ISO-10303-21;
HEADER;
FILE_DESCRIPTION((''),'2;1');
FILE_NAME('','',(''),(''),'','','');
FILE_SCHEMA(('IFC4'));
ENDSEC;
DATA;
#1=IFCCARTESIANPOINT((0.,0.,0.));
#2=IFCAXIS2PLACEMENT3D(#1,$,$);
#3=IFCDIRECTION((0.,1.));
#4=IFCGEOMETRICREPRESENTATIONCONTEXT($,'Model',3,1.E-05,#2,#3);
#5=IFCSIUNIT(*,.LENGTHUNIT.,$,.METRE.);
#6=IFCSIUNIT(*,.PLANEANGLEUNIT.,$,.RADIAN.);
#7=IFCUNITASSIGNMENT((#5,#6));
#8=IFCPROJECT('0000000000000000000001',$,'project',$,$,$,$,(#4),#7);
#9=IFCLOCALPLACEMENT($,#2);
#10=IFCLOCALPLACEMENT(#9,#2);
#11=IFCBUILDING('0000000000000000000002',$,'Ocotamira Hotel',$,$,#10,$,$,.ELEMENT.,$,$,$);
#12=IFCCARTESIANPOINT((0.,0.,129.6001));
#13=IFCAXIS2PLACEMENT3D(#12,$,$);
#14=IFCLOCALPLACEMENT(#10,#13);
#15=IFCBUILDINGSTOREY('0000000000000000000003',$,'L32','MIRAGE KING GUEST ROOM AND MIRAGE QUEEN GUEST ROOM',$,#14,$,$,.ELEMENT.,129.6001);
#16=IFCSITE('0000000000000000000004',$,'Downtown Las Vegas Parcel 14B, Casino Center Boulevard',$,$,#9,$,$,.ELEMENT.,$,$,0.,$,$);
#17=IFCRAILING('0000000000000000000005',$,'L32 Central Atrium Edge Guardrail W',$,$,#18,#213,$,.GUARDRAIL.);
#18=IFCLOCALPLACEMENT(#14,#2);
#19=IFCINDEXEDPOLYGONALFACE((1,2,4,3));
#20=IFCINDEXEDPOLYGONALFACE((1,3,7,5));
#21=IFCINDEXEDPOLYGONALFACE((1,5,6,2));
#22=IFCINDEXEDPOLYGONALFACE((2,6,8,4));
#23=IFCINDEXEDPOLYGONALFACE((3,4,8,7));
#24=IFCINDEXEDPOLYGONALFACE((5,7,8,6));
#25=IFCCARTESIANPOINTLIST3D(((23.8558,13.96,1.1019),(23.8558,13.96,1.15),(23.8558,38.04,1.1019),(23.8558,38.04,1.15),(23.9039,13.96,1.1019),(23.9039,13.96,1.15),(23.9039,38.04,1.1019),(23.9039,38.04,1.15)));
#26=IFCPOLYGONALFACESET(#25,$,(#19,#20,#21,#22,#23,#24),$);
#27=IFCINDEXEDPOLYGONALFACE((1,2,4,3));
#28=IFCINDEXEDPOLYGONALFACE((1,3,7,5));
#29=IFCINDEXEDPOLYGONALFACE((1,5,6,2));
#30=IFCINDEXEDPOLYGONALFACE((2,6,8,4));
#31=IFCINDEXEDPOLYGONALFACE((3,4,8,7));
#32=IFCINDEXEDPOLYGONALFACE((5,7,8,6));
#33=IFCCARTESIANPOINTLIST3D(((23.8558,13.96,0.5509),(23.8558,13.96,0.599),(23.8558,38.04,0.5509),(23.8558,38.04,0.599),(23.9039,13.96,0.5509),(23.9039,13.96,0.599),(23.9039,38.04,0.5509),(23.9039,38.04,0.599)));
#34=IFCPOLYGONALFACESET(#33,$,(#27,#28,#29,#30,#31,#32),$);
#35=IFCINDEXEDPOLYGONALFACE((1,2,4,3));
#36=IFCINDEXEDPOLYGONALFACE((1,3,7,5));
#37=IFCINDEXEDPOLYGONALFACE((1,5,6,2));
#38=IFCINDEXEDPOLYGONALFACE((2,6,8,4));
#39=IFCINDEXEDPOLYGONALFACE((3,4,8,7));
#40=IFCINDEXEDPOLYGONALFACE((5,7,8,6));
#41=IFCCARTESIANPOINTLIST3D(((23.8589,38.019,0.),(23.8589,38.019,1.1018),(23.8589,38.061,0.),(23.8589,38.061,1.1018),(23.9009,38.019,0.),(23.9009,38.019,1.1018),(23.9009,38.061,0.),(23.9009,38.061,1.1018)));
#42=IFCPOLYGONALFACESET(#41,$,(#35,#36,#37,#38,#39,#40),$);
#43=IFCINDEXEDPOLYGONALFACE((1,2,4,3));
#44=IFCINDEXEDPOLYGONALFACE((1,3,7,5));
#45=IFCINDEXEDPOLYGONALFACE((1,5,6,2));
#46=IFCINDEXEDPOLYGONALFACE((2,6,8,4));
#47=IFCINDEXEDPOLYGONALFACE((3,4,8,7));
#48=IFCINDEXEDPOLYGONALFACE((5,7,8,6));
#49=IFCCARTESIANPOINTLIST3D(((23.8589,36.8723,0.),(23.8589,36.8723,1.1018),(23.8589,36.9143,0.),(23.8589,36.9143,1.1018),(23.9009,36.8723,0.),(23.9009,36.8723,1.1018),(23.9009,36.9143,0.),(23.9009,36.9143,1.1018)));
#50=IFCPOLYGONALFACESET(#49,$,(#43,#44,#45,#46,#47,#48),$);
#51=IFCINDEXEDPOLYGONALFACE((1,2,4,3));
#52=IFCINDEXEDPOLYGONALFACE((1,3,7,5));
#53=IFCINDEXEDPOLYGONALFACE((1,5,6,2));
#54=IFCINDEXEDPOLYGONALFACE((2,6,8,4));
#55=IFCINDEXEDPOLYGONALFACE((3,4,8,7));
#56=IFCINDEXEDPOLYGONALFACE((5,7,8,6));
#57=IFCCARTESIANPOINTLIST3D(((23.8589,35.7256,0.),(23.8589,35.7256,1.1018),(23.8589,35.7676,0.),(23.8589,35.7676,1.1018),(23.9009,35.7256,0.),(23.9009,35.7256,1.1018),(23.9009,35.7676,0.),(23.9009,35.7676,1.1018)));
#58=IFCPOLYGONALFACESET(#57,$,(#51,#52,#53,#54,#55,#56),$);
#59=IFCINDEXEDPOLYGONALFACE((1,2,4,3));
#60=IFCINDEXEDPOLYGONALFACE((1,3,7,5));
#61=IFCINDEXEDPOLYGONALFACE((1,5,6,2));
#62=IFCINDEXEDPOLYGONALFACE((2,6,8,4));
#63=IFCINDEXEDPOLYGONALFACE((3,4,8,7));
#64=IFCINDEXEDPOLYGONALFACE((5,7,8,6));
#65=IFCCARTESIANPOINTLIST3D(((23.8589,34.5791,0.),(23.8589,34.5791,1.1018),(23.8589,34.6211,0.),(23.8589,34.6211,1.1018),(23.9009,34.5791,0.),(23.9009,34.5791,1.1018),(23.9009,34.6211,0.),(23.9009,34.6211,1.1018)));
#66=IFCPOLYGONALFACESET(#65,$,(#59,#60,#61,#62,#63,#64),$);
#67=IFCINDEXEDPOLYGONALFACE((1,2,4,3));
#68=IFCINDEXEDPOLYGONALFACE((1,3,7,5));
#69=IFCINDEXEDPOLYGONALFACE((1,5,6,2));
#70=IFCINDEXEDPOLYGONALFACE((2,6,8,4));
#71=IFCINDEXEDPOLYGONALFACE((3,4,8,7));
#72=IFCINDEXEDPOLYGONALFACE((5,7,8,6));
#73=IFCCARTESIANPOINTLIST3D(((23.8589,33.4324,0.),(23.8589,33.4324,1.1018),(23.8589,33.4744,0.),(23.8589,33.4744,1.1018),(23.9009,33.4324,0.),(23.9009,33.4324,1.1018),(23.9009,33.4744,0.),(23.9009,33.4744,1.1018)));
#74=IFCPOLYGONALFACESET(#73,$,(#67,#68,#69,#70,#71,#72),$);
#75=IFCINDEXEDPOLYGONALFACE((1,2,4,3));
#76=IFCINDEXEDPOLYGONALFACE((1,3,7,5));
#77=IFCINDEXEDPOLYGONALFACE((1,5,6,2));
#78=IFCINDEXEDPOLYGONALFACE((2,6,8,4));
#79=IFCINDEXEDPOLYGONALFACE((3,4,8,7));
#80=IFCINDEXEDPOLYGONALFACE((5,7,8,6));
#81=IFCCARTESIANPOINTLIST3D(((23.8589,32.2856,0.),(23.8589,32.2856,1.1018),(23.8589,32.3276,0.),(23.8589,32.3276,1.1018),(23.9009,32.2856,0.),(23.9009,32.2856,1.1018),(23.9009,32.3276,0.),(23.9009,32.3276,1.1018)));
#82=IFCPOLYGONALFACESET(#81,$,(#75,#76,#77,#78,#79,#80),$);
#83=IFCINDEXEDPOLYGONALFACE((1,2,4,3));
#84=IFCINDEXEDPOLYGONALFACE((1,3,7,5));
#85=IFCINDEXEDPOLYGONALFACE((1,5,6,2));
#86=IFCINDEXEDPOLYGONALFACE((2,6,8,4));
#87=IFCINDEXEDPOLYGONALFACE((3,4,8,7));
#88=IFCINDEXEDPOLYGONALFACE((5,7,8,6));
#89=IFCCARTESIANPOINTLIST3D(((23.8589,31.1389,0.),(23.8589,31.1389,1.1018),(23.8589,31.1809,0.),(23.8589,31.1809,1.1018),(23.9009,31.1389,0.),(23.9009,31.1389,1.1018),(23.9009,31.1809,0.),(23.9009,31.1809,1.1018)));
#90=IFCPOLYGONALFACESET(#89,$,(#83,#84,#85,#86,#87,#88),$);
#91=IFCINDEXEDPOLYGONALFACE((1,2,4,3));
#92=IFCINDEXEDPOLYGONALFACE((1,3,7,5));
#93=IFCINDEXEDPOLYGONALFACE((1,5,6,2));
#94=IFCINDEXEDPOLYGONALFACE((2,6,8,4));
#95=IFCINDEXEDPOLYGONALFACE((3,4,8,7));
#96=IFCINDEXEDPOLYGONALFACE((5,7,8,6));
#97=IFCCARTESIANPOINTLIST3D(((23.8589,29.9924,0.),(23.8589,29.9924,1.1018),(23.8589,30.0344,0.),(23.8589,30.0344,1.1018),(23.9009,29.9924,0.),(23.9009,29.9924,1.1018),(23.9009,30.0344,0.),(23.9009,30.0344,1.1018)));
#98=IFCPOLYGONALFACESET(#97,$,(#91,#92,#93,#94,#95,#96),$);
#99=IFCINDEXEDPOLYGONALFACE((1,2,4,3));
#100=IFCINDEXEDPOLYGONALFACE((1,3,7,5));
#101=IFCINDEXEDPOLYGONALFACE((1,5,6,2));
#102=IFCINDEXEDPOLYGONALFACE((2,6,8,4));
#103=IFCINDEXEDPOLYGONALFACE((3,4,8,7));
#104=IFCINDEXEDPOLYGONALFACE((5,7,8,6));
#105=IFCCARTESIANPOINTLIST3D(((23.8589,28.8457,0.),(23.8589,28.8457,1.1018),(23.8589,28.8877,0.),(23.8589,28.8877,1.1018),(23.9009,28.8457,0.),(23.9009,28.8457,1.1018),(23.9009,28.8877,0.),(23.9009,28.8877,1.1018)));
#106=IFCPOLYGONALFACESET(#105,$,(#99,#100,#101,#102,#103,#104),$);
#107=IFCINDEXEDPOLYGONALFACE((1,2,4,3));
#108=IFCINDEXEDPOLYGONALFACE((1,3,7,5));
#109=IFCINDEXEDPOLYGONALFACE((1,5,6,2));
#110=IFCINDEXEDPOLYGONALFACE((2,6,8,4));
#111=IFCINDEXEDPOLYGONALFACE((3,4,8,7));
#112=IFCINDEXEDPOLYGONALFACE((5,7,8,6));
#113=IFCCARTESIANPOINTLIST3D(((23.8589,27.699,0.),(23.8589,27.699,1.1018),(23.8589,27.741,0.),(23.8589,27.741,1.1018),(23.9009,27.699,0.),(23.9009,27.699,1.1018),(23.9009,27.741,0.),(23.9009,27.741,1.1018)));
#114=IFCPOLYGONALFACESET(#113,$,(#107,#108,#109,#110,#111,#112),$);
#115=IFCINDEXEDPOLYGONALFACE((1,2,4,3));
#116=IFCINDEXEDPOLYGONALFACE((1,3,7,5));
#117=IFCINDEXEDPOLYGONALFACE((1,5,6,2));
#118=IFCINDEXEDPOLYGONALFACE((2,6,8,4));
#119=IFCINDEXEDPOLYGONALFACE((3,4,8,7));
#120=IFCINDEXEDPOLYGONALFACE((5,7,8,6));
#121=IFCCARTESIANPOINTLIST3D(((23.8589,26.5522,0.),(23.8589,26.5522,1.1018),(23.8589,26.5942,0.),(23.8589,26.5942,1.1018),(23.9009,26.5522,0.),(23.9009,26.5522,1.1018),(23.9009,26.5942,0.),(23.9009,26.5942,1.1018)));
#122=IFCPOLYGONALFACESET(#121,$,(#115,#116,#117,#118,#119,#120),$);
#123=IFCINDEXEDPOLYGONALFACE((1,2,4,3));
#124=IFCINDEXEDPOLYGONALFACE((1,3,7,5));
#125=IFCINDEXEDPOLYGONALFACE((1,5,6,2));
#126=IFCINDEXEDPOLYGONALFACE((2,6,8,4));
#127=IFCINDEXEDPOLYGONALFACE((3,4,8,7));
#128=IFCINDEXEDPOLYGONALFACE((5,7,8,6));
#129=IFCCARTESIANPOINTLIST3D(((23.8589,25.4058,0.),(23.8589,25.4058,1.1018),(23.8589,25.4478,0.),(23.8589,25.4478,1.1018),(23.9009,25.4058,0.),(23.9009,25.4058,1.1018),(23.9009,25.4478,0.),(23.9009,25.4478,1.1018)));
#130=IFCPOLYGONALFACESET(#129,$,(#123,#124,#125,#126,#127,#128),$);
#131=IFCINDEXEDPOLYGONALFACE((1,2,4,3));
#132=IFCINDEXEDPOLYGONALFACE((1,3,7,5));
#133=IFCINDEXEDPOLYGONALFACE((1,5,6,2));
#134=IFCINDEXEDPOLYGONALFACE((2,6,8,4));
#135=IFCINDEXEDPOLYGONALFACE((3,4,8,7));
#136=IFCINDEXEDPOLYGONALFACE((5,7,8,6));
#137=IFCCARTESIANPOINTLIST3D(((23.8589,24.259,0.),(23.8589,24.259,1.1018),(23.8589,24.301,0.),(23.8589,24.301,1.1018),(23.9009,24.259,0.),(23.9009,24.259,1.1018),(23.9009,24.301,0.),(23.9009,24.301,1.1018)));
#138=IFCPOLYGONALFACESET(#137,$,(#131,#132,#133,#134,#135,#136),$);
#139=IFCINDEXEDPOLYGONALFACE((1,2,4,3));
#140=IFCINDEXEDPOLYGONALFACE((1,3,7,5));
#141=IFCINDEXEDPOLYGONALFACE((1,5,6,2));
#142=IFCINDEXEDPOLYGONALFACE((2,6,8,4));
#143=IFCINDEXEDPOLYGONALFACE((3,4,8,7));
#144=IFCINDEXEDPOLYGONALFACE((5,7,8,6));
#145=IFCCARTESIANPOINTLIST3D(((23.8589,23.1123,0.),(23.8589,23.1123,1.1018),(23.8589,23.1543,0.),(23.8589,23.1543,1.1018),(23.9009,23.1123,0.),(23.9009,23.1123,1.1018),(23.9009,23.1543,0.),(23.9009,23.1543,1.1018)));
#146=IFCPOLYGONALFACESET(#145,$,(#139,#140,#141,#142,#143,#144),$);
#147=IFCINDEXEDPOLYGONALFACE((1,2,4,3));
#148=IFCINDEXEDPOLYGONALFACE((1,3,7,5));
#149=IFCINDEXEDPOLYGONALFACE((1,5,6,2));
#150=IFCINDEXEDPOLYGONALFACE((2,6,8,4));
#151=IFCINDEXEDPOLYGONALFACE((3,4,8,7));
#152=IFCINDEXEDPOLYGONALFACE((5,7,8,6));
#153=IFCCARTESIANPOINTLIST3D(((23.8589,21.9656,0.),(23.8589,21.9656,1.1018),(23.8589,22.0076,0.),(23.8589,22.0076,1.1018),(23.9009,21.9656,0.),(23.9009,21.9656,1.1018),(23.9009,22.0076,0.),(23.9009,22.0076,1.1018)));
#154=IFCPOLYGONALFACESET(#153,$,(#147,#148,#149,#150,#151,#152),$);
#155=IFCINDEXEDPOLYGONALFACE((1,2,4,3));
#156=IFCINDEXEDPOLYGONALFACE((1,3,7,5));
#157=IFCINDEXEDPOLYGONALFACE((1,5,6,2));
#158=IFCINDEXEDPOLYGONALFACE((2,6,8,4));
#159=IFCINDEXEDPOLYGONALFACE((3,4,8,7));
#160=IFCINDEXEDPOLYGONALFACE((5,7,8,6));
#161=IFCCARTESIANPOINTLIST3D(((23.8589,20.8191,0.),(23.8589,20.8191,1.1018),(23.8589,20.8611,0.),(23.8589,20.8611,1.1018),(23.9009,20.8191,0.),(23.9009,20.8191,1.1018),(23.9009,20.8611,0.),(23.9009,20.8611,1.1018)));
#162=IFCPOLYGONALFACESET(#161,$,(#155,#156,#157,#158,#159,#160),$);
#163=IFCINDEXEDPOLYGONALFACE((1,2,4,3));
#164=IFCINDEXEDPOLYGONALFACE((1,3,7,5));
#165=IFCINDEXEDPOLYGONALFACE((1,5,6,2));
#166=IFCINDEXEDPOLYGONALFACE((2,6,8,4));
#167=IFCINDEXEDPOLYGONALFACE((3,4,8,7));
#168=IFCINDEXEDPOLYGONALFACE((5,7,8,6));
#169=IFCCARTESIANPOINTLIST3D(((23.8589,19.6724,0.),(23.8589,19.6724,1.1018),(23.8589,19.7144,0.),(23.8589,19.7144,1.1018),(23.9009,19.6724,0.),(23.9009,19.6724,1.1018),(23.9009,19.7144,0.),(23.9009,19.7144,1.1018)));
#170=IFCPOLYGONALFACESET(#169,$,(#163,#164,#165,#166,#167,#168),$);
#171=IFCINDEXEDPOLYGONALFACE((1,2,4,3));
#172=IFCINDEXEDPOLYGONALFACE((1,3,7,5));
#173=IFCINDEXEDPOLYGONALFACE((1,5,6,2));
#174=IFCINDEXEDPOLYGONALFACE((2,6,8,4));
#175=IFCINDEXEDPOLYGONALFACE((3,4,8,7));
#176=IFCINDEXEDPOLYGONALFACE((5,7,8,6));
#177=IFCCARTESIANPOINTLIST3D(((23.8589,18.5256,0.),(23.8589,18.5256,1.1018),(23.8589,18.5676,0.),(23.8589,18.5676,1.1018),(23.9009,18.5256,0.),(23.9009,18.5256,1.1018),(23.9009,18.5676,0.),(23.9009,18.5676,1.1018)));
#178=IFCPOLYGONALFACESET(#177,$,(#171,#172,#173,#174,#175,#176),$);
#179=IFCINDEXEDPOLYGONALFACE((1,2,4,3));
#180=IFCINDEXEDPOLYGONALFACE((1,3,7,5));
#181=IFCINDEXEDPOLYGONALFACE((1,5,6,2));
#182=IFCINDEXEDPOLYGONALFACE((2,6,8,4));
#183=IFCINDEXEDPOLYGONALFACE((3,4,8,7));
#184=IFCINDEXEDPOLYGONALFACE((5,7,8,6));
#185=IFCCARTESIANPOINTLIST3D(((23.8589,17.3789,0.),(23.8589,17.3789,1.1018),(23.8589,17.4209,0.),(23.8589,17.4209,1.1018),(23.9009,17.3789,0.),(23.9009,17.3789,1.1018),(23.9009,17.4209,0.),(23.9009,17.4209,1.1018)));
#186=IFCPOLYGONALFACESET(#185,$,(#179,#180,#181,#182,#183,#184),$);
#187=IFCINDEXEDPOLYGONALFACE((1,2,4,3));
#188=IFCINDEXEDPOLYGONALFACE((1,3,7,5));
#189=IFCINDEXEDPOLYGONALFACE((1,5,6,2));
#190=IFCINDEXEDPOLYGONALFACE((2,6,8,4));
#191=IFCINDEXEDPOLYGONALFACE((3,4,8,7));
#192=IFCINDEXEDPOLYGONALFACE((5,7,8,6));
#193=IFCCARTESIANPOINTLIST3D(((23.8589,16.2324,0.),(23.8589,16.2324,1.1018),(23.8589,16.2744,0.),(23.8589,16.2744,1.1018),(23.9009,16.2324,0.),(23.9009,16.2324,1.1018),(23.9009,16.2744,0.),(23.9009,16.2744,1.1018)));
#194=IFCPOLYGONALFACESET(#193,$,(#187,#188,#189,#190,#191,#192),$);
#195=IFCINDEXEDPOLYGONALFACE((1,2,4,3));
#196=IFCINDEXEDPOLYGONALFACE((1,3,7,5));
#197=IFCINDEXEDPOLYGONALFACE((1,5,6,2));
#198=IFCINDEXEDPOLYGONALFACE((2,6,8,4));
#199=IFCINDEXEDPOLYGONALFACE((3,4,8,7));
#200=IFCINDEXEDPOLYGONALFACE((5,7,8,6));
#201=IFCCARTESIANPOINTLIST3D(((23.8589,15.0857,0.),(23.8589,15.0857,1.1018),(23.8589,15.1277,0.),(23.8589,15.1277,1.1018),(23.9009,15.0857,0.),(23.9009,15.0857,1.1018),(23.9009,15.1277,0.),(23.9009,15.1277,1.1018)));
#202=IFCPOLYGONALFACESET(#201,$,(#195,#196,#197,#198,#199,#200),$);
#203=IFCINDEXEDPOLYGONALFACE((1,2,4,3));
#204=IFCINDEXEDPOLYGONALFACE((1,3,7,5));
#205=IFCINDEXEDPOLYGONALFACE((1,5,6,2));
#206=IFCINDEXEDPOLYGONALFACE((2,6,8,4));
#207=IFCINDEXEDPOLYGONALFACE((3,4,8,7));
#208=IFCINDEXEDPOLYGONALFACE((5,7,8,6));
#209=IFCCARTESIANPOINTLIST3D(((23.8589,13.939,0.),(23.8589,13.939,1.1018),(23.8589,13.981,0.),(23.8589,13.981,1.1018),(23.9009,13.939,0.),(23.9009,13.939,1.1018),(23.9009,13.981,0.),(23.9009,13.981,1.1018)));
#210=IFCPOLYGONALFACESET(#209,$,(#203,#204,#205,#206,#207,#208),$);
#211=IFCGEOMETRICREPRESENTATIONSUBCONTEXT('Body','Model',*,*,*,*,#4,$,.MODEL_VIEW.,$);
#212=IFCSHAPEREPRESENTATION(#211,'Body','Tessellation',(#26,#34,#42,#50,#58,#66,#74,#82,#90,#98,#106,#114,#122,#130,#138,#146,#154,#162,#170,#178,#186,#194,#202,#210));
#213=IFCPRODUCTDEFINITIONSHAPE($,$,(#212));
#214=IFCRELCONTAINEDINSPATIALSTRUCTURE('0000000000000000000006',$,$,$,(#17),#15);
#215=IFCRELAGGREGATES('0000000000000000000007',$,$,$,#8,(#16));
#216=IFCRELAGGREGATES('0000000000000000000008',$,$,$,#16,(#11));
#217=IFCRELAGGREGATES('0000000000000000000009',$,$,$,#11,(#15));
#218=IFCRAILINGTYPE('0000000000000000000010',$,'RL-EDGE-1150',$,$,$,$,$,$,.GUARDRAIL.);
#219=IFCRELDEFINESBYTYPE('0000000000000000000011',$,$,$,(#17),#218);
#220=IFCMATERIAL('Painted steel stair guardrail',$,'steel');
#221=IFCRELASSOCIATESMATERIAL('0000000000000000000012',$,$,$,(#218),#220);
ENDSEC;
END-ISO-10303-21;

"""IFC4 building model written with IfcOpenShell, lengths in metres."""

from ifc_helpers import new_model, si_unit, direction, frame, origin, origin_2d, place, context, subcontext, project, spatial, rectangle, extrude, material, type_object, element, save


model = new_model("IFC4")

# Units and contexts
model_context = context("Model", 3, precision=1e-05, world=origin(), true_north=direction((0.0, 1.0)))
body_context = subcontext(model_context, "Body", "Model", "MODEL_VIEW")
ifc_project = project(units=[si_unit("LENGTHUNIT", "METRE"), si_unit("PLANEANGLEUNIT", "RADIAN")], contexts=[model_context])

# Site, building, storey
site_placement = place(None, origin())
site = spatial("IfcSite", under=ifc_project, at=site_placement, Name="Downtown Las Vegas Parcel 14B, Casino Center Boulevard", CompositionType="ELEMENT", RefElevation=0.0)
building_placement = place(site_placement, origin())
building = spatial("IfcBuilding", under=site, at=building_placement, Name="Ocotamira Hotel", CompositionType="ELEMENT")
storey_placement = place(building_placement, frame((0.0, 0.0, 129.6001)))
storey = spatial("IfcBuildingStorey", under=building, at=storey_placement, Name="L32", Description="MIRAGE KING GUEST ROOM AND MIRAGE QUEEN GUEST ROOM", CompositionType="ELEMENT", Elevation=129.6001)

# Railing
ifc_material_1 = material(Name="Painted steel stair guardrail", Category="steel")
railing_type = type_object("IfcRailingType", Name="RL-EDGE-1150", PredefinedType="GUARDRAIL", material=ifc_material_1)
railing_placement = place(storey_placement, frame((23.8799, 38.04, 0.0)))
element("IfcRailing", 1, at=railing_placement, inside=storey, type_object=railing_type, Name="L32 Central Atrium Edge Guardrail W", PredefinedType="GUARDRAIL", context=body_context, shape_type="SweptSolid", body=[
    extrude(rectangle(XDim=0.0481, YDim=0.0481, at=origin_2d()), frame((0.0, 0.0, 1.126), z_axis=(0.0, -1.0, 0.0), x_axis=(1.0, 0.0, 0.0)), (0.0, 0.0, 1.0), 24.0801),
    extrude(rectangle(XDim=0.0481, YDim=0.0481, at=origin_2d()), frame((0.0, 0.0, 0.575), z_axis=(0.0, -1.0, 0.0), x_axis=(1.0, 0.0, 0.0)), (0.0, 0.0, 1.0), 24.0801),
    extrude(rectangle(XDim=0.042, YDim=0.042, at=origin_2d()), origin(), (0.0, 0.0, 1.0), 1.1018),
    extrude(rectangle(XDim=0.042, YDim=0.042, at=origin_2d()), frame((0.0, -1.1467, 0.0)), (0.0, 0.0, 1.0), 1.1018),
    extrude(rectangle(XDim=0.042, YDim=0.042, at=origin_2d()), frame((0.0, -2.2935, 0.0)), (0.0, 0.0, 1.0), 1.1018),
    extrude(rectangle(XDim=0.042, YDim=0.042, at=origin_2d()), frame((0.0, -3.4399, 0.0)), (0.0, 0.0, 1.0), 1.1018),
    extrude(rectangle(XDim=0.042, YDim=0.042, at=origin_2d()), frame((0.0, -4.5867, 0.0)), (0.0, 0.0, 1.0), 1.1018),
    extrude(rectangle(XDim=0.042, YDim=0.042, at=origin_2d()), frame((0.0, -5.7334, 0.0)), (0.0, 0.0, 1.0), 1.1018),
    extrude(rectangle(XDim=0.042, YDim=0.042, at=origin_2d()), frame((0.0, -6.8801, 0.0)), (0.0, 0.0, 1.0), 1.1018),
    extrude(rectangle(XDim=0.042, YDim=0.042, at=origin_2d()), frame((0.0, -8.0266, 0.0)), (0.0, 0.0, 1.0), 1.1018),
    extrude(rectangle(XDim=0.042, YDim=0.042, at=origin_2d()), frame((0.0, -9.1733, 0.0)), (0.0, 0.0, 1.0), 1.1018),
    extrude(rectangle(XDim=0.042, YDim=0.042, at=origin_2d()), frame((0.0, -10.3201, 0.0)), (0.0, 0.0, 1.0), 1.1018),
    extrude(rectangle(XDim=0.042, YDim=0.042, at=origin_2d()), frame((0.0, -11.4668, 0.0)), (0.0, 0.0, 1.0), 1.1018),
    extrude(rectangle(XDim=0.042, YDim=0.042, at=origin_2d()), frame((0.0, -12.6133, 0.0)), (0.0, 0.0, 1.0), 1.1018),
    extrude(rectangle(XDim=0.042, YDim=0.042, at=origin_2d()), frame((0.0, -13.76, 0.0)), (0.0, 0.0, 1.0), 1.1018),
    extrude(rectangle(XDim=0.042, YDim=0.042, at=origin_2d()), frame((0.0, -14.9067, 0.0)), (0.0, 0.0, 1.0), 1.1018),
    extrude(rectangle(XDim=0.042, YDim=0.042, at=origin_2d()), frame((0.0, -16.0535, 0.0)), (0.0, 0.0, 1.0), 1.1018),
    extrude(rectangle(XDim=0.042, YDim=0.042, at=origin_2d()), frame((0.0, -17.2, 0.0)), (0.0, 0.0, 1.0), 1.1018),
    extrude(rectangle(XDim=0.042, YDim=0.042, at=origin_2d()), frame((0.0, -18.3467, 0.0)), (0.0, 0.0, 1.0), 1.1018),
    extrude(rectangle(XDim=0.042, YDim=0.042, at=origin_2d()), frame((0.0, -19.4934, 0.0)), (0.0, 0.0, 1.0), 1.1018),
    extrude(rectangle(XDim=0.042, YDim=0.042, at=origin_2d()), frame((0.0, -20.6401, 0.0)), (0.0, 0.0, 1.0), 1.1018),
    extrude(rectangle(XDim=0.042, YDim=0.042, at=origin_2d()), frame((0.0, -21.7866, 0.0)), (0.0, 0.0, 1.0), 1.1018),
    extrude(rectangle(XDim=0.042, YDim=0.042, at=origin_2d()), frame((0.0, -22.9333, 0.0)), (0.0, 0.0, 1.0), 1.1018),
    extrude(rectangle(XDim=0.042, YDim=0.042, at=origin_2d()), frame((0.0, -24.0801, 0.0)), (0.0, 0.0, 1.0), 1.1018),
])

save(model, "model.ifc")
